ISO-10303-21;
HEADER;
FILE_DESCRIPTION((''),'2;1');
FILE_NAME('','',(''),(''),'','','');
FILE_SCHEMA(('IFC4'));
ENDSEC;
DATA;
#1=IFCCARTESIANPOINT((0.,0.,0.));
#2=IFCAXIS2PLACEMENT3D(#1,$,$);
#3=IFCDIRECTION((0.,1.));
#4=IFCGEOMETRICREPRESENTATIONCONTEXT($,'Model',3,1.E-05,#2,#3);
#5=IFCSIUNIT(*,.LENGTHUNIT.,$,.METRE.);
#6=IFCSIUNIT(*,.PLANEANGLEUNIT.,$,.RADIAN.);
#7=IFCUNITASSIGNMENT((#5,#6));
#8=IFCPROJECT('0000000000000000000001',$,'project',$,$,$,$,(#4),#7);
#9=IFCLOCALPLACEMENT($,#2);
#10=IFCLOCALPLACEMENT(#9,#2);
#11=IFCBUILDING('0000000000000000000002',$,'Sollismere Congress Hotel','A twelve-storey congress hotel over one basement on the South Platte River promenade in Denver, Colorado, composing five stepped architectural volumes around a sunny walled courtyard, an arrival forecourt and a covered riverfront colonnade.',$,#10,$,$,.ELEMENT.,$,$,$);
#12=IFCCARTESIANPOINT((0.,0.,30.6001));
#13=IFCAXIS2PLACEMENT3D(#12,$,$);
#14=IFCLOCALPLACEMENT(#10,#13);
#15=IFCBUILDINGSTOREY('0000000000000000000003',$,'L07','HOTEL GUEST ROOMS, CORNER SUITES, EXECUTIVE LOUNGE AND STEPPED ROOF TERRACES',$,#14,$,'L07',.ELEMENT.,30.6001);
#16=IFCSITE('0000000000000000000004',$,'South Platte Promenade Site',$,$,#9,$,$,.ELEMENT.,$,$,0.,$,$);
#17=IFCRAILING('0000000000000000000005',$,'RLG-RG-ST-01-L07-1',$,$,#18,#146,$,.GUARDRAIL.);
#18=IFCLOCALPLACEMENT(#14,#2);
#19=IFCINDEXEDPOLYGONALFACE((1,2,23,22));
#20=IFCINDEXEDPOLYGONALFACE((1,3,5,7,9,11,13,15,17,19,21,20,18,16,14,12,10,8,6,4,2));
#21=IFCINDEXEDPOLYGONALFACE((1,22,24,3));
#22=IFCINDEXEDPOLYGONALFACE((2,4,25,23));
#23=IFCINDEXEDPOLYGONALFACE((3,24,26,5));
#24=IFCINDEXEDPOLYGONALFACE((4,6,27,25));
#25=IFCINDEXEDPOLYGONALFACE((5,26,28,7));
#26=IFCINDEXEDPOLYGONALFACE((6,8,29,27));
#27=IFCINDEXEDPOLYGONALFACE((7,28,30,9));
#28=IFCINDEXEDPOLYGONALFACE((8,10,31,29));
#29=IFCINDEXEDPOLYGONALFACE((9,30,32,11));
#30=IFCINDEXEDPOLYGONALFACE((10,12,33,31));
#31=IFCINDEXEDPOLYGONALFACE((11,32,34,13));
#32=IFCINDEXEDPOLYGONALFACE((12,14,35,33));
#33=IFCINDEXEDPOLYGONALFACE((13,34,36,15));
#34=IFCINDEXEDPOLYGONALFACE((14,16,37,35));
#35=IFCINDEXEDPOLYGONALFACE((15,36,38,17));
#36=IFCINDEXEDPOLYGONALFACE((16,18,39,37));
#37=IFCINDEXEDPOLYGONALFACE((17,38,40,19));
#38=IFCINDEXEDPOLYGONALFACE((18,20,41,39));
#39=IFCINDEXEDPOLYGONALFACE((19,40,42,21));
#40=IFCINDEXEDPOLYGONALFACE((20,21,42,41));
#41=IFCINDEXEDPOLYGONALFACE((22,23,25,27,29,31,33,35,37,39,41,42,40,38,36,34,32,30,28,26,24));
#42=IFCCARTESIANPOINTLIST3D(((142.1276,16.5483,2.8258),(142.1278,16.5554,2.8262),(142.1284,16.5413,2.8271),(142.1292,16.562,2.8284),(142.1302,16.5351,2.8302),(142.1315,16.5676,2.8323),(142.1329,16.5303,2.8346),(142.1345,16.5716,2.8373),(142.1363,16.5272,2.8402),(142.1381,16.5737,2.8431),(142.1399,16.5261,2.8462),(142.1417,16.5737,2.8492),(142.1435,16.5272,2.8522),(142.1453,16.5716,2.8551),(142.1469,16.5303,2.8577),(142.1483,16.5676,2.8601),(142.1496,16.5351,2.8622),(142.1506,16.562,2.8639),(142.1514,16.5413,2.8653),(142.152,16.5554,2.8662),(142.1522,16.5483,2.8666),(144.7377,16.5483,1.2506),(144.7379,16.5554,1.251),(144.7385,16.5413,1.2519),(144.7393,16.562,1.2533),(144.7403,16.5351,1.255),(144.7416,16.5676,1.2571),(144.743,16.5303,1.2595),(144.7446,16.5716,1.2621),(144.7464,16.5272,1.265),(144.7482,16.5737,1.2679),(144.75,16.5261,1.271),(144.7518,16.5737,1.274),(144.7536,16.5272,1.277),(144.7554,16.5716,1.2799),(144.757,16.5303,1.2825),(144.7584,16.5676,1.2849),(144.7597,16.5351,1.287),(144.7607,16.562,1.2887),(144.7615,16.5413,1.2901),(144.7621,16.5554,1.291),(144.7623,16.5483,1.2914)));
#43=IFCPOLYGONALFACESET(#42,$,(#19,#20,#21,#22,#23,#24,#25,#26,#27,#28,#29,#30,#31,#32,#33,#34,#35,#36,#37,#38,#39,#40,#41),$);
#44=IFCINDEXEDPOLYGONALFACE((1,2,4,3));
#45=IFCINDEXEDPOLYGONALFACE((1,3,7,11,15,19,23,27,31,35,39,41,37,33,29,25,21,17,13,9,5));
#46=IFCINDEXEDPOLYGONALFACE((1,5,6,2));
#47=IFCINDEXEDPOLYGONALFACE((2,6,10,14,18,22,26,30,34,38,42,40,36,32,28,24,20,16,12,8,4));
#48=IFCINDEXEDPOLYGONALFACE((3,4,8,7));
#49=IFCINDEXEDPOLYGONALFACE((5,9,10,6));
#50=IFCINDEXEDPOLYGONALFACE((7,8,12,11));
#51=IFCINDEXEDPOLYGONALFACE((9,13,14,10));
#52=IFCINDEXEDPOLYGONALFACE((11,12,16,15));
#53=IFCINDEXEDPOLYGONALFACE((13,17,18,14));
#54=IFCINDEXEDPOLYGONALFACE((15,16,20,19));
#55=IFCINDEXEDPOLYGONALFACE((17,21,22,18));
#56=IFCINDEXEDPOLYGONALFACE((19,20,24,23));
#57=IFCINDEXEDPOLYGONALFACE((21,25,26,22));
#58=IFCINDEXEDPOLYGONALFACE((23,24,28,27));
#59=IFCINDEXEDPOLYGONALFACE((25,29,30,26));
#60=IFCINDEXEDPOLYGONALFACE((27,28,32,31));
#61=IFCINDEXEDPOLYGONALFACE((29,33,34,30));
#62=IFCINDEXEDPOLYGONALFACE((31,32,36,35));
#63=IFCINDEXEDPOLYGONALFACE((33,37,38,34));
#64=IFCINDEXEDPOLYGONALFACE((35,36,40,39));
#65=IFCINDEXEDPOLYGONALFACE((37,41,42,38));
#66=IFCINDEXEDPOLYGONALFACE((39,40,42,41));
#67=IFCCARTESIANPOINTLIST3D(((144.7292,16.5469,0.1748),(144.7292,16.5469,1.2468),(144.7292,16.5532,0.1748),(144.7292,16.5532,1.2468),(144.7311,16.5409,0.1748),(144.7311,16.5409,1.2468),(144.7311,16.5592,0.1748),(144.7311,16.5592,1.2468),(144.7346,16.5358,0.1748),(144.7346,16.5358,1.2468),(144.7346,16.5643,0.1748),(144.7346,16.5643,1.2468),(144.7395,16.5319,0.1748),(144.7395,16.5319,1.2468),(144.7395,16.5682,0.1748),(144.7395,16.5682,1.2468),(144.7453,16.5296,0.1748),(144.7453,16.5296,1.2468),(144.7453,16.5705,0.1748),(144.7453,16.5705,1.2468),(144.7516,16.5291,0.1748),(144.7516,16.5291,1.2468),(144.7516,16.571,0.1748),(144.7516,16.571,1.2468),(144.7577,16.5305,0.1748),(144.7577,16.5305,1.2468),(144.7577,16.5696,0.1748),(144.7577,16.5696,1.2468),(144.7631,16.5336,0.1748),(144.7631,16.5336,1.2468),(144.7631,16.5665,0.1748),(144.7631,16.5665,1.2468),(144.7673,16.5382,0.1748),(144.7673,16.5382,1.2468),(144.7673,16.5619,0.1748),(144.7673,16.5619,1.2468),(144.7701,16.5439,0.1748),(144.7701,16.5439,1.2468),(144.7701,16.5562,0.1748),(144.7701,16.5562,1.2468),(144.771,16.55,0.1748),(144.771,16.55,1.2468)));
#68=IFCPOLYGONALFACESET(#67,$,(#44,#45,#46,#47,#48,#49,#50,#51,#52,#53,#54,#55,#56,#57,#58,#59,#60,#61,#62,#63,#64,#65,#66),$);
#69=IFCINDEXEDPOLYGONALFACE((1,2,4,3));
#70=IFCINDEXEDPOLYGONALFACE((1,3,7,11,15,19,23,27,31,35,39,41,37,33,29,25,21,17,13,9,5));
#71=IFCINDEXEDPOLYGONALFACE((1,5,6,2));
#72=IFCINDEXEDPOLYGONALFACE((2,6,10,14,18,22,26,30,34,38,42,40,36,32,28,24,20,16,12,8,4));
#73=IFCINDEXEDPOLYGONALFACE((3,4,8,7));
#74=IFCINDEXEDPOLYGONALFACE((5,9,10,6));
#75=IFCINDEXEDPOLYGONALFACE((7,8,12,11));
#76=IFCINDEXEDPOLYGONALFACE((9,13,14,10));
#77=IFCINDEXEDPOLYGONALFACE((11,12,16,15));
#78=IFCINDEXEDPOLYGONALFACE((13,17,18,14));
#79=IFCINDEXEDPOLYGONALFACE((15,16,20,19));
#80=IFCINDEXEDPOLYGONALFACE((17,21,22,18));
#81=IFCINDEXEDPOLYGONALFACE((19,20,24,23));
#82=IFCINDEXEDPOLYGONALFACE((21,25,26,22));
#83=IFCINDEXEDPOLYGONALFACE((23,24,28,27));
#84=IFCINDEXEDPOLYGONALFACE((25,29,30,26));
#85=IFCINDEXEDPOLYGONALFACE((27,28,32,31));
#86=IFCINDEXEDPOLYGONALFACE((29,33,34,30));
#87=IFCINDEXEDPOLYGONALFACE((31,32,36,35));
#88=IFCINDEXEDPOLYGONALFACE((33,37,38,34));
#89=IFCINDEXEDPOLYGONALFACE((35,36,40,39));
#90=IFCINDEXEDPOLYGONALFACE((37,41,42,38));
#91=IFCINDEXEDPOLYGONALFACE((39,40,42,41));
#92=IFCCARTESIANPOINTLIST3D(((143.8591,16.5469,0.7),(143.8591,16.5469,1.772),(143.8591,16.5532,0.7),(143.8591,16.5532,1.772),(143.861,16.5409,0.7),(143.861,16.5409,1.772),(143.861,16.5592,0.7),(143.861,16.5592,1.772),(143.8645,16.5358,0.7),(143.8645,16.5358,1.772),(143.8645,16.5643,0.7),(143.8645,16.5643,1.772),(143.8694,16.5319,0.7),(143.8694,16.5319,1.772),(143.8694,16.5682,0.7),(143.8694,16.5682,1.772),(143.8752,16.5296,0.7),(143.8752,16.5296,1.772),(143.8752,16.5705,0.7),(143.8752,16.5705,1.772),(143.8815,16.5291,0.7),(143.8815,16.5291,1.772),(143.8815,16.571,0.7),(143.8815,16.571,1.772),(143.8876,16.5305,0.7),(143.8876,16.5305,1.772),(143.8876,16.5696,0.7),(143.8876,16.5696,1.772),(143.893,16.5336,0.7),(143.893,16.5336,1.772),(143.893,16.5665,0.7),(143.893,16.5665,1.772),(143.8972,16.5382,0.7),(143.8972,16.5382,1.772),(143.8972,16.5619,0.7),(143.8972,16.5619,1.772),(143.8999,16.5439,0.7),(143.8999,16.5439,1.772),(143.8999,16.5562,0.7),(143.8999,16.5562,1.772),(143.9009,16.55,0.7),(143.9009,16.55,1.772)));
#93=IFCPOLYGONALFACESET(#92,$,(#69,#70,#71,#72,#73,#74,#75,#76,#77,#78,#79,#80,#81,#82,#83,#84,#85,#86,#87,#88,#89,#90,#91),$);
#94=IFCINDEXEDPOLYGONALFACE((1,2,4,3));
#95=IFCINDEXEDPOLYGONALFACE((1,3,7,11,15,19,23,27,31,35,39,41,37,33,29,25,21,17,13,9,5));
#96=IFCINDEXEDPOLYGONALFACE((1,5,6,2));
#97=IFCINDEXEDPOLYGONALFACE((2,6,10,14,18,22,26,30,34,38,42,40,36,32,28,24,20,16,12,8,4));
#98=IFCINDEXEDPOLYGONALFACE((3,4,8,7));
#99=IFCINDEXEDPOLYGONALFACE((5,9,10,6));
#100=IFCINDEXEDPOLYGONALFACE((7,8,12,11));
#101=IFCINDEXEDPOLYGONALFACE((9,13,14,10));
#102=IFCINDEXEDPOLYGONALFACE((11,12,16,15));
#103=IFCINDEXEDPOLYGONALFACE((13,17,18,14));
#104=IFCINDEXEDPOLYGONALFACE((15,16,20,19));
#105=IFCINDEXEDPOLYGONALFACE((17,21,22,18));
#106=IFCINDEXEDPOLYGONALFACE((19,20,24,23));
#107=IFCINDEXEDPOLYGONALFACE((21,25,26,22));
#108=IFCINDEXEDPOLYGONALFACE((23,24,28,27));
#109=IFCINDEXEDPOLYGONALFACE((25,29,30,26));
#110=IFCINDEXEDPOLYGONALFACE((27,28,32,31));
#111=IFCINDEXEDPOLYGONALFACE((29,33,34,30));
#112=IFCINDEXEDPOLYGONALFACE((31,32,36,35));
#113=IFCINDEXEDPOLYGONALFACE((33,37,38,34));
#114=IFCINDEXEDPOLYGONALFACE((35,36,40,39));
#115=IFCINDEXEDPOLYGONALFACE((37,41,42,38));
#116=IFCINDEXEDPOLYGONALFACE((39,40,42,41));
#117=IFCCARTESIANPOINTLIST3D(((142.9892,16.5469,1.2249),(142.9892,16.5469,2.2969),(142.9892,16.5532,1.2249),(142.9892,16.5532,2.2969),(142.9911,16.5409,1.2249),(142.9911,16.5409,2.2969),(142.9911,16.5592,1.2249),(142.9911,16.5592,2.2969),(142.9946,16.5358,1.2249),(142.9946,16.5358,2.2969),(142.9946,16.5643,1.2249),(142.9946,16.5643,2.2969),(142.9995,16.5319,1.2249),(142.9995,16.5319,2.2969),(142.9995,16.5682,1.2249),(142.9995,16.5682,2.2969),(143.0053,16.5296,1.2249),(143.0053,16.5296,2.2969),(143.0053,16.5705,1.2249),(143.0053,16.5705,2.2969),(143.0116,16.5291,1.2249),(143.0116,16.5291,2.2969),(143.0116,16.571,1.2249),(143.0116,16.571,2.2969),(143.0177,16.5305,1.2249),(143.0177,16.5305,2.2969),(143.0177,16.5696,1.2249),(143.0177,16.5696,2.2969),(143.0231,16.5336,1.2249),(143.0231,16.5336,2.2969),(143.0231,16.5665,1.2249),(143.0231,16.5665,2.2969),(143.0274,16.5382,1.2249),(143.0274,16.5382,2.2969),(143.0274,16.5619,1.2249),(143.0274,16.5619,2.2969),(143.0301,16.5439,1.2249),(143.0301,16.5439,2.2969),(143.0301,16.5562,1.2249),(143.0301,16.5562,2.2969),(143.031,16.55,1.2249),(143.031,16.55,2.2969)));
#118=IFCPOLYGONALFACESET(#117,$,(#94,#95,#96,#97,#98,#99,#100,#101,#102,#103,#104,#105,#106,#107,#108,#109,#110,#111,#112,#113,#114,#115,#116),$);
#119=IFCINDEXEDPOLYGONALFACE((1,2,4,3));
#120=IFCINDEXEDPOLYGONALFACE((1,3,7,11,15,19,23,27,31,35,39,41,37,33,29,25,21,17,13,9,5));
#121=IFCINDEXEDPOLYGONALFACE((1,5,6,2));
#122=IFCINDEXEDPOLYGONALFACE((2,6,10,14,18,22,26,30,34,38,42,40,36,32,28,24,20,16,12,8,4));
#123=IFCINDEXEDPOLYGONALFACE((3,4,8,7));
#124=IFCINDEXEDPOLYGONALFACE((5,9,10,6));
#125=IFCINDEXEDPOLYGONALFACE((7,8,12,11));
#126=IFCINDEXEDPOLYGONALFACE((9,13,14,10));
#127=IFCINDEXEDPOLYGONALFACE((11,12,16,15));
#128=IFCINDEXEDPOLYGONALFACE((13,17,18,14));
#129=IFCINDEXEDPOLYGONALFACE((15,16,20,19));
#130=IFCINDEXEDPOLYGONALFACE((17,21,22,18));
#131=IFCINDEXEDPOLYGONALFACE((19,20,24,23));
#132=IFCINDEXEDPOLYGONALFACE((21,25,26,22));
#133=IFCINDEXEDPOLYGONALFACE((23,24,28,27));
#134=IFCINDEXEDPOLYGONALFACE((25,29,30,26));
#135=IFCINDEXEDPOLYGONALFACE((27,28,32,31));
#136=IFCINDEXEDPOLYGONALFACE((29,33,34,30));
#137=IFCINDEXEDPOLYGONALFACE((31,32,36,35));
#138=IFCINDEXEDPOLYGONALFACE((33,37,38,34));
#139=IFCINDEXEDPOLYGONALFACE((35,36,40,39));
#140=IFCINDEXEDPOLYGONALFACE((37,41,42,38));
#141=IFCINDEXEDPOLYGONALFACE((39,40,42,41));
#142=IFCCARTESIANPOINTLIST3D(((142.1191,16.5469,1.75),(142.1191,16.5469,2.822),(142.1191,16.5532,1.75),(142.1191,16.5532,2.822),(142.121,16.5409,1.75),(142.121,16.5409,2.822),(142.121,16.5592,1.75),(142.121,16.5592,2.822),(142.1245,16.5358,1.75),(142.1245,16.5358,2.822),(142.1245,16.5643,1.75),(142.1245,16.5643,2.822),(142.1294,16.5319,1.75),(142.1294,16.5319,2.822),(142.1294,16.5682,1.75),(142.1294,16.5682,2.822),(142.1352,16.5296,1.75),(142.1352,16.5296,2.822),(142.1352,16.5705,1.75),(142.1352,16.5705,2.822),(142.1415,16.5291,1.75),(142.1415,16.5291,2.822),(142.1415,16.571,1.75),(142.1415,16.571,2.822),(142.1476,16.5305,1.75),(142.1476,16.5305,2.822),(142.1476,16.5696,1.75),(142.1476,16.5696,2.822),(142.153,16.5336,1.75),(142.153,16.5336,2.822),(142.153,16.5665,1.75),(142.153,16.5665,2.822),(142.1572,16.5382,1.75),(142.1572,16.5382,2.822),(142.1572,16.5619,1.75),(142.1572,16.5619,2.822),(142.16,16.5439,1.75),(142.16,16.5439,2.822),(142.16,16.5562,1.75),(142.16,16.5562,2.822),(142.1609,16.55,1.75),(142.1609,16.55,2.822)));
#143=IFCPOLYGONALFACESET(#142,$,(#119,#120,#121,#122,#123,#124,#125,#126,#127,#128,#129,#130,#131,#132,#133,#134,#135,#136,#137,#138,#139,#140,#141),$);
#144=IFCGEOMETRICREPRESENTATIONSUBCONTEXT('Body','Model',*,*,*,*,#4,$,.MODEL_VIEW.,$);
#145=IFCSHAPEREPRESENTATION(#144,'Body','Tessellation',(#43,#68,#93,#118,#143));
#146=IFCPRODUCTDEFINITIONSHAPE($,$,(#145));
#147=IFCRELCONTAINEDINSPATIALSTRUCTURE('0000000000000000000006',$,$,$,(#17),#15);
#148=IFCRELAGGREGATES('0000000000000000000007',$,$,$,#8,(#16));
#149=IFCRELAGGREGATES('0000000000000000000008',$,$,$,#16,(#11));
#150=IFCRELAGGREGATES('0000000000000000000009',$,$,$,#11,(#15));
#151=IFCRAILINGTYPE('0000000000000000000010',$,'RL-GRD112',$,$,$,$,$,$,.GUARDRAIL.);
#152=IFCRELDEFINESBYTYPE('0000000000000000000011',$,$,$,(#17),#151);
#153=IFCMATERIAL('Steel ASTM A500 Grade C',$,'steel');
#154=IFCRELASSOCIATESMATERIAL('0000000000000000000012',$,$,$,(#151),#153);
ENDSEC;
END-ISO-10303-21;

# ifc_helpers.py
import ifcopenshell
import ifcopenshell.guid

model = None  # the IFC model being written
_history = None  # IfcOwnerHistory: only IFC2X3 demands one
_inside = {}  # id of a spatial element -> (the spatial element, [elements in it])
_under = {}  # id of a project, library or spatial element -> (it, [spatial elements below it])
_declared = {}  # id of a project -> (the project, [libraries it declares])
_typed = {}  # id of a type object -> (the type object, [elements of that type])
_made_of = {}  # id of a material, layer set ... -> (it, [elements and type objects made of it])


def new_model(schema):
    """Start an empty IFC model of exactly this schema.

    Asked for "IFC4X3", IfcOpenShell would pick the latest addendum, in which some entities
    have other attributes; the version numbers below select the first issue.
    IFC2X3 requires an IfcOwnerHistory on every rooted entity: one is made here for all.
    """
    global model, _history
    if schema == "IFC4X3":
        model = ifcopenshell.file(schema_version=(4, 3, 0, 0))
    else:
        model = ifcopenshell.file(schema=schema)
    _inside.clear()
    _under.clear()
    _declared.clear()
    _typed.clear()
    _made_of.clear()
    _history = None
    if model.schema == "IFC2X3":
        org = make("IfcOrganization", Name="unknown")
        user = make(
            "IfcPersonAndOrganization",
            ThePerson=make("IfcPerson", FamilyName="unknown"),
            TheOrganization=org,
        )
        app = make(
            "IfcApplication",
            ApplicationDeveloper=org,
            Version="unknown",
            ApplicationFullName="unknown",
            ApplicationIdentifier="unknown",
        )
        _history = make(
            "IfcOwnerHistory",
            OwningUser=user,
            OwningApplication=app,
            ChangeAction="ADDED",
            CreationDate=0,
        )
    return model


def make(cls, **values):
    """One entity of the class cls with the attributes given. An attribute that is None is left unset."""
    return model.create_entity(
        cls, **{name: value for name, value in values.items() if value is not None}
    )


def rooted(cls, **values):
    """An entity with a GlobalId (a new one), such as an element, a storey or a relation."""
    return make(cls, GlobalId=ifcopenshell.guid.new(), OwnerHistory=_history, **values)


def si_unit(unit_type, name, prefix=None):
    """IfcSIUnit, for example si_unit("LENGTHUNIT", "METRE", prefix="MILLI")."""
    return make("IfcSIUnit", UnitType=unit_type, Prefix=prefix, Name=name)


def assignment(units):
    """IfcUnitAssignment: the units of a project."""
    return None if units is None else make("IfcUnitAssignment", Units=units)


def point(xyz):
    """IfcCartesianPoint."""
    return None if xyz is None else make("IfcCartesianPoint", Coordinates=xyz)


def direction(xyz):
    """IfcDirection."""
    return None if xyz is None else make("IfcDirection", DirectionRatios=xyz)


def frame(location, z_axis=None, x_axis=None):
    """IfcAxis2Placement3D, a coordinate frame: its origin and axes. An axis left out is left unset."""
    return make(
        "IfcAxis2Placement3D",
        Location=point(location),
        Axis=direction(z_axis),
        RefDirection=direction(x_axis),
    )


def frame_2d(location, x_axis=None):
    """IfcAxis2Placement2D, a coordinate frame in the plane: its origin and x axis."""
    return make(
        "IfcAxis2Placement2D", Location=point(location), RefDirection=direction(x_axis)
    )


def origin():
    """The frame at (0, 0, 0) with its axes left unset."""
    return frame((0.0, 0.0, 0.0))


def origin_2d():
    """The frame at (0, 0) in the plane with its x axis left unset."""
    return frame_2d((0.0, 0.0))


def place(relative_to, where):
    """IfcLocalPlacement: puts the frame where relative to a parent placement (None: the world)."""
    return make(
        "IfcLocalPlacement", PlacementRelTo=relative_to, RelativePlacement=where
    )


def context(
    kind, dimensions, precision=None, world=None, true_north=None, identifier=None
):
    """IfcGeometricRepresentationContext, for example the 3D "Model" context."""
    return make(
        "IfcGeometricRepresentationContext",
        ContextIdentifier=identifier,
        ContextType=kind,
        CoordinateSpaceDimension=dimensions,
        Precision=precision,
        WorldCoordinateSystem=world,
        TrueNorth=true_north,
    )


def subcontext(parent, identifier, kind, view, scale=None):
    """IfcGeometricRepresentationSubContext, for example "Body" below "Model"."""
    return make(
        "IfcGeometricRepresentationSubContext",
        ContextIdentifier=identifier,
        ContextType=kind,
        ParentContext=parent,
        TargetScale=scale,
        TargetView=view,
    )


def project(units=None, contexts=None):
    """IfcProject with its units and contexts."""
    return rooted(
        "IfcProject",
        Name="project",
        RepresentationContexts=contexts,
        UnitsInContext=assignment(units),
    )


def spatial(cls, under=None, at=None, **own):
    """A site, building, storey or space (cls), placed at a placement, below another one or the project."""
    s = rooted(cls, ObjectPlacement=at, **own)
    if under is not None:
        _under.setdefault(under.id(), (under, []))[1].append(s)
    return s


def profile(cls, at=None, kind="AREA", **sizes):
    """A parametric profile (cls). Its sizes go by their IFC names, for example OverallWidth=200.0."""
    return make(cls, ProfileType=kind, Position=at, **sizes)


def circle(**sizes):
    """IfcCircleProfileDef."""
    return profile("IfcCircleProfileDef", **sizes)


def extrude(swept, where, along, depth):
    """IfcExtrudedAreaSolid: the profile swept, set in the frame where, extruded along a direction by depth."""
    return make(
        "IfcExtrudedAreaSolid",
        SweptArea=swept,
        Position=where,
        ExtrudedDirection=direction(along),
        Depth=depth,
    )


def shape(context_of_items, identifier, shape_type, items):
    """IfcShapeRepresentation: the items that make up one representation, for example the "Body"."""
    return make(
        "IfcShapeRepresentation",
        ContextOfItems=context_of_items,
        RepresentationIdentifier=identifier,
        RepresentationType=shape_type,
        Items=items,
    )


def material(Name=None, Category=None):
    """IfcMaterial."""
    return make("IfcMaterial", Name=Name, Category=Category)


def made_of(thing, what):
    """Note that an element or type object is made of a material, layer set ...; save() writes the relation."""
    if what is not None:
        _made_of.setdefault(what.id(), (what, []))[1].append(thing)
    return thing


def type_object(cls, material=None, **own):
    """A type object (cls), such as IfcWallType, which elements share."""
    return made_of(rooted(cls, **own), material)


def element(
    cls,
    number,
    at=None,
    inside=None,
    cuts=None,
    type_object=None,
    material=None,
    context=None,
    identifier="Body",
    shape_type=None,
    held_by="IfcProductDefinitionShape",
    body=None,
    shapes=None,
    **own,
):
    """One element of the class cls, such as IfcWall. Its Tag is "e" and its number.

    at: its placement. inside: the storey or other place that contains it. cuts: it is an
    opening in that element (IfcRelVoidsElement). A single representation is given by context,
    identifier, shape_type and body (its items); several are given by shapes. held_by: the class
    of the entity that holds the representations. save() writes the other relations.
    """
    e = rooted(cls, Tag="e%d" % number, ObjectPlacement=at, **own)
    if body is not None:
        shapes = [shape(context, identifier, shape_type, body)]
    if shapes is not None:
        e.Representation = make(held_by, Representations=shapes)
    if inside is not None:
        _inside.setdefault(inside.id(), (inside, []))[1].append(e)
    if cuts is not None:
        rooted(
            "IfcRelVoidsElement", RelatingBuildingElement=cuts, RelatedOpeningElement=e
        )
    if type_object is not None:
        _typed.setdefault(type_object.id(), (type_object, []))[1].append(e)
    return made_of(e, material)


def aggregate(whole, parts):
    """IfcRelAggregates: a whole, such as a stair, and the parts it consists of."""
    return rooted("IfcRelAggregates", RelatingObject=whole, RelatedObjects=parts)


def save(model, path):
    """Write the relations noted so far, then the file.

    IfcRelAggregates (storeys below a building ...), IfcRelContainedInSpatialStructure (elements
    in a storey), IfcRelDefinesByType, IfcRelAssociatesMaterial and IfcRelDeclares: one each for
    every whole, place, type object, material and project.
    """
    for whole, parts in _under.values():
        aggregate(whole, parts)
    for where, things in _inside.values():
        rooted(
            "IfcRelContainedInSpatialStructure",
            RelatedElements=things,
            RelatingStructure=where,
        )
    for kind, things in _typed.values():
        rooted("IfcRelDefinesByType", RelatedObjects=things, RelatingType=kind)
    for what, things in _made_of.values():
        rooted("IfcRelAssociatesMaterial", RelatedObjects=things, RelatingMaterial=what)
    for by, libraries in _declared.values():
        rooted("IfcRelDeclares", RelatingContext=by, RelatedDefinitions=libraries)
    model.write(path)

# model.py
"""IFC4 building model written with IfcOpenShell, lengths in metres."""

from ifc_helpers import new_model, si_unit, direction, frame, origin, origin_2d, place, context, subcontext, project, spatial, circle, extrude, material, type_object, element, save


model = new_model("IFC4")

# Units and contexts
model_context = context("Model", 3, precision=1e-05, world=origin(), true_north=direction((0.0, 1.0)))
body_context = subcontext(model_context, "Body", "Model", "MODEL_VIEW")
ifc_project = project(units=[si_unit("LENGTHUNIT", "METRE"), si_unit("PLANEANGLEUNIT", "RADIAN")], contexts=[model_context])

# Site, building, storey
site_placement = place(None, origin())
site = spatial("IfcSite", under=ifc_project, at=site_placement, Name="South Platte Promenade Site", CompositionType="ELEMENT", RefElevation=0.0)
building_placement = place(site_placement, origin())
building = spatial("IfcBuilding", under=site, at=building_placement, Name="Sollismere Congress Hotel", Description="A twelve-storey congress hotel over one basement on the South Platte River promenade in Denver, Colorado, composing five stepped architectural volumes around a sunny walled courtyard, an arrival forecourt and a covered riverfront colonnade.", CompositionType="ELEMENT")
storey_placement = place(building_placement, frame((0.0, 0.0, 30.6001)))
storey = spatial("IfcBuildingStorey", under=building, at=storey_placement, Name="L07", Description="HOTEL GUEST ROOMS, CORNER SUITES, EXECUTIVE LOUNGE AND STEPPED ROOF TERRACES", LongName="L07", CompositionType="ELEMENT", Elevation=30.6001)

# Railing
ifc_material_1 = material(Name="Steel ASTM A500 Grade C", Category="steel")
railing_type_1 = type_object("IfcRailingType", Name="RL-GRD112", PredefinedType="GUARDRAIL", material=ifc_material_1)
railing_1_placement = place(storey_placement, frame((144.75, 16.55, 0.1748)))
element("IfcRailing", 1, at=railing_1_placement, inside=storey, type_object=railing_type_1, Name="RLG-RG-ST-01-L07-1", PredefinedType="GUARDRAIL", context=body_context, shape_type="SweptSolid", body=[
    extrude(circle(Radius=0.0239, at=origin_2d()), frame((0.0, 0.0, 1.0962), z_axis=(-0.856169, 0.0, 0.516696), x_axis=(0.0, -1.0, 0.0)), (0.0, 0.0, 1.0), 3.0486),
    extrude(circle(Radius=0.021, at=origin_2d()), origin(), (0.0, 0.0, 1.0), 1.072),
    extrude(circle(Radius=0.021, at=origin_2d()), frame((-0.8701, 0.0, 0.5251)), (0.0, 0.0, 1.0), 1.072),
    extrude(circle(Radius=0.021, at=origin_2d()), frame((-1.74, 0.0, 1.05)), (0.0, 0.0, 1.0), 1.072),
    extrude(circle(Radius=0.021, at=origin_2d()), frame((-2.6101, 0.0, 1.5752)), (0.0, 0.0, 1.0), 1.072),
])

save(model, "model.ifc")
